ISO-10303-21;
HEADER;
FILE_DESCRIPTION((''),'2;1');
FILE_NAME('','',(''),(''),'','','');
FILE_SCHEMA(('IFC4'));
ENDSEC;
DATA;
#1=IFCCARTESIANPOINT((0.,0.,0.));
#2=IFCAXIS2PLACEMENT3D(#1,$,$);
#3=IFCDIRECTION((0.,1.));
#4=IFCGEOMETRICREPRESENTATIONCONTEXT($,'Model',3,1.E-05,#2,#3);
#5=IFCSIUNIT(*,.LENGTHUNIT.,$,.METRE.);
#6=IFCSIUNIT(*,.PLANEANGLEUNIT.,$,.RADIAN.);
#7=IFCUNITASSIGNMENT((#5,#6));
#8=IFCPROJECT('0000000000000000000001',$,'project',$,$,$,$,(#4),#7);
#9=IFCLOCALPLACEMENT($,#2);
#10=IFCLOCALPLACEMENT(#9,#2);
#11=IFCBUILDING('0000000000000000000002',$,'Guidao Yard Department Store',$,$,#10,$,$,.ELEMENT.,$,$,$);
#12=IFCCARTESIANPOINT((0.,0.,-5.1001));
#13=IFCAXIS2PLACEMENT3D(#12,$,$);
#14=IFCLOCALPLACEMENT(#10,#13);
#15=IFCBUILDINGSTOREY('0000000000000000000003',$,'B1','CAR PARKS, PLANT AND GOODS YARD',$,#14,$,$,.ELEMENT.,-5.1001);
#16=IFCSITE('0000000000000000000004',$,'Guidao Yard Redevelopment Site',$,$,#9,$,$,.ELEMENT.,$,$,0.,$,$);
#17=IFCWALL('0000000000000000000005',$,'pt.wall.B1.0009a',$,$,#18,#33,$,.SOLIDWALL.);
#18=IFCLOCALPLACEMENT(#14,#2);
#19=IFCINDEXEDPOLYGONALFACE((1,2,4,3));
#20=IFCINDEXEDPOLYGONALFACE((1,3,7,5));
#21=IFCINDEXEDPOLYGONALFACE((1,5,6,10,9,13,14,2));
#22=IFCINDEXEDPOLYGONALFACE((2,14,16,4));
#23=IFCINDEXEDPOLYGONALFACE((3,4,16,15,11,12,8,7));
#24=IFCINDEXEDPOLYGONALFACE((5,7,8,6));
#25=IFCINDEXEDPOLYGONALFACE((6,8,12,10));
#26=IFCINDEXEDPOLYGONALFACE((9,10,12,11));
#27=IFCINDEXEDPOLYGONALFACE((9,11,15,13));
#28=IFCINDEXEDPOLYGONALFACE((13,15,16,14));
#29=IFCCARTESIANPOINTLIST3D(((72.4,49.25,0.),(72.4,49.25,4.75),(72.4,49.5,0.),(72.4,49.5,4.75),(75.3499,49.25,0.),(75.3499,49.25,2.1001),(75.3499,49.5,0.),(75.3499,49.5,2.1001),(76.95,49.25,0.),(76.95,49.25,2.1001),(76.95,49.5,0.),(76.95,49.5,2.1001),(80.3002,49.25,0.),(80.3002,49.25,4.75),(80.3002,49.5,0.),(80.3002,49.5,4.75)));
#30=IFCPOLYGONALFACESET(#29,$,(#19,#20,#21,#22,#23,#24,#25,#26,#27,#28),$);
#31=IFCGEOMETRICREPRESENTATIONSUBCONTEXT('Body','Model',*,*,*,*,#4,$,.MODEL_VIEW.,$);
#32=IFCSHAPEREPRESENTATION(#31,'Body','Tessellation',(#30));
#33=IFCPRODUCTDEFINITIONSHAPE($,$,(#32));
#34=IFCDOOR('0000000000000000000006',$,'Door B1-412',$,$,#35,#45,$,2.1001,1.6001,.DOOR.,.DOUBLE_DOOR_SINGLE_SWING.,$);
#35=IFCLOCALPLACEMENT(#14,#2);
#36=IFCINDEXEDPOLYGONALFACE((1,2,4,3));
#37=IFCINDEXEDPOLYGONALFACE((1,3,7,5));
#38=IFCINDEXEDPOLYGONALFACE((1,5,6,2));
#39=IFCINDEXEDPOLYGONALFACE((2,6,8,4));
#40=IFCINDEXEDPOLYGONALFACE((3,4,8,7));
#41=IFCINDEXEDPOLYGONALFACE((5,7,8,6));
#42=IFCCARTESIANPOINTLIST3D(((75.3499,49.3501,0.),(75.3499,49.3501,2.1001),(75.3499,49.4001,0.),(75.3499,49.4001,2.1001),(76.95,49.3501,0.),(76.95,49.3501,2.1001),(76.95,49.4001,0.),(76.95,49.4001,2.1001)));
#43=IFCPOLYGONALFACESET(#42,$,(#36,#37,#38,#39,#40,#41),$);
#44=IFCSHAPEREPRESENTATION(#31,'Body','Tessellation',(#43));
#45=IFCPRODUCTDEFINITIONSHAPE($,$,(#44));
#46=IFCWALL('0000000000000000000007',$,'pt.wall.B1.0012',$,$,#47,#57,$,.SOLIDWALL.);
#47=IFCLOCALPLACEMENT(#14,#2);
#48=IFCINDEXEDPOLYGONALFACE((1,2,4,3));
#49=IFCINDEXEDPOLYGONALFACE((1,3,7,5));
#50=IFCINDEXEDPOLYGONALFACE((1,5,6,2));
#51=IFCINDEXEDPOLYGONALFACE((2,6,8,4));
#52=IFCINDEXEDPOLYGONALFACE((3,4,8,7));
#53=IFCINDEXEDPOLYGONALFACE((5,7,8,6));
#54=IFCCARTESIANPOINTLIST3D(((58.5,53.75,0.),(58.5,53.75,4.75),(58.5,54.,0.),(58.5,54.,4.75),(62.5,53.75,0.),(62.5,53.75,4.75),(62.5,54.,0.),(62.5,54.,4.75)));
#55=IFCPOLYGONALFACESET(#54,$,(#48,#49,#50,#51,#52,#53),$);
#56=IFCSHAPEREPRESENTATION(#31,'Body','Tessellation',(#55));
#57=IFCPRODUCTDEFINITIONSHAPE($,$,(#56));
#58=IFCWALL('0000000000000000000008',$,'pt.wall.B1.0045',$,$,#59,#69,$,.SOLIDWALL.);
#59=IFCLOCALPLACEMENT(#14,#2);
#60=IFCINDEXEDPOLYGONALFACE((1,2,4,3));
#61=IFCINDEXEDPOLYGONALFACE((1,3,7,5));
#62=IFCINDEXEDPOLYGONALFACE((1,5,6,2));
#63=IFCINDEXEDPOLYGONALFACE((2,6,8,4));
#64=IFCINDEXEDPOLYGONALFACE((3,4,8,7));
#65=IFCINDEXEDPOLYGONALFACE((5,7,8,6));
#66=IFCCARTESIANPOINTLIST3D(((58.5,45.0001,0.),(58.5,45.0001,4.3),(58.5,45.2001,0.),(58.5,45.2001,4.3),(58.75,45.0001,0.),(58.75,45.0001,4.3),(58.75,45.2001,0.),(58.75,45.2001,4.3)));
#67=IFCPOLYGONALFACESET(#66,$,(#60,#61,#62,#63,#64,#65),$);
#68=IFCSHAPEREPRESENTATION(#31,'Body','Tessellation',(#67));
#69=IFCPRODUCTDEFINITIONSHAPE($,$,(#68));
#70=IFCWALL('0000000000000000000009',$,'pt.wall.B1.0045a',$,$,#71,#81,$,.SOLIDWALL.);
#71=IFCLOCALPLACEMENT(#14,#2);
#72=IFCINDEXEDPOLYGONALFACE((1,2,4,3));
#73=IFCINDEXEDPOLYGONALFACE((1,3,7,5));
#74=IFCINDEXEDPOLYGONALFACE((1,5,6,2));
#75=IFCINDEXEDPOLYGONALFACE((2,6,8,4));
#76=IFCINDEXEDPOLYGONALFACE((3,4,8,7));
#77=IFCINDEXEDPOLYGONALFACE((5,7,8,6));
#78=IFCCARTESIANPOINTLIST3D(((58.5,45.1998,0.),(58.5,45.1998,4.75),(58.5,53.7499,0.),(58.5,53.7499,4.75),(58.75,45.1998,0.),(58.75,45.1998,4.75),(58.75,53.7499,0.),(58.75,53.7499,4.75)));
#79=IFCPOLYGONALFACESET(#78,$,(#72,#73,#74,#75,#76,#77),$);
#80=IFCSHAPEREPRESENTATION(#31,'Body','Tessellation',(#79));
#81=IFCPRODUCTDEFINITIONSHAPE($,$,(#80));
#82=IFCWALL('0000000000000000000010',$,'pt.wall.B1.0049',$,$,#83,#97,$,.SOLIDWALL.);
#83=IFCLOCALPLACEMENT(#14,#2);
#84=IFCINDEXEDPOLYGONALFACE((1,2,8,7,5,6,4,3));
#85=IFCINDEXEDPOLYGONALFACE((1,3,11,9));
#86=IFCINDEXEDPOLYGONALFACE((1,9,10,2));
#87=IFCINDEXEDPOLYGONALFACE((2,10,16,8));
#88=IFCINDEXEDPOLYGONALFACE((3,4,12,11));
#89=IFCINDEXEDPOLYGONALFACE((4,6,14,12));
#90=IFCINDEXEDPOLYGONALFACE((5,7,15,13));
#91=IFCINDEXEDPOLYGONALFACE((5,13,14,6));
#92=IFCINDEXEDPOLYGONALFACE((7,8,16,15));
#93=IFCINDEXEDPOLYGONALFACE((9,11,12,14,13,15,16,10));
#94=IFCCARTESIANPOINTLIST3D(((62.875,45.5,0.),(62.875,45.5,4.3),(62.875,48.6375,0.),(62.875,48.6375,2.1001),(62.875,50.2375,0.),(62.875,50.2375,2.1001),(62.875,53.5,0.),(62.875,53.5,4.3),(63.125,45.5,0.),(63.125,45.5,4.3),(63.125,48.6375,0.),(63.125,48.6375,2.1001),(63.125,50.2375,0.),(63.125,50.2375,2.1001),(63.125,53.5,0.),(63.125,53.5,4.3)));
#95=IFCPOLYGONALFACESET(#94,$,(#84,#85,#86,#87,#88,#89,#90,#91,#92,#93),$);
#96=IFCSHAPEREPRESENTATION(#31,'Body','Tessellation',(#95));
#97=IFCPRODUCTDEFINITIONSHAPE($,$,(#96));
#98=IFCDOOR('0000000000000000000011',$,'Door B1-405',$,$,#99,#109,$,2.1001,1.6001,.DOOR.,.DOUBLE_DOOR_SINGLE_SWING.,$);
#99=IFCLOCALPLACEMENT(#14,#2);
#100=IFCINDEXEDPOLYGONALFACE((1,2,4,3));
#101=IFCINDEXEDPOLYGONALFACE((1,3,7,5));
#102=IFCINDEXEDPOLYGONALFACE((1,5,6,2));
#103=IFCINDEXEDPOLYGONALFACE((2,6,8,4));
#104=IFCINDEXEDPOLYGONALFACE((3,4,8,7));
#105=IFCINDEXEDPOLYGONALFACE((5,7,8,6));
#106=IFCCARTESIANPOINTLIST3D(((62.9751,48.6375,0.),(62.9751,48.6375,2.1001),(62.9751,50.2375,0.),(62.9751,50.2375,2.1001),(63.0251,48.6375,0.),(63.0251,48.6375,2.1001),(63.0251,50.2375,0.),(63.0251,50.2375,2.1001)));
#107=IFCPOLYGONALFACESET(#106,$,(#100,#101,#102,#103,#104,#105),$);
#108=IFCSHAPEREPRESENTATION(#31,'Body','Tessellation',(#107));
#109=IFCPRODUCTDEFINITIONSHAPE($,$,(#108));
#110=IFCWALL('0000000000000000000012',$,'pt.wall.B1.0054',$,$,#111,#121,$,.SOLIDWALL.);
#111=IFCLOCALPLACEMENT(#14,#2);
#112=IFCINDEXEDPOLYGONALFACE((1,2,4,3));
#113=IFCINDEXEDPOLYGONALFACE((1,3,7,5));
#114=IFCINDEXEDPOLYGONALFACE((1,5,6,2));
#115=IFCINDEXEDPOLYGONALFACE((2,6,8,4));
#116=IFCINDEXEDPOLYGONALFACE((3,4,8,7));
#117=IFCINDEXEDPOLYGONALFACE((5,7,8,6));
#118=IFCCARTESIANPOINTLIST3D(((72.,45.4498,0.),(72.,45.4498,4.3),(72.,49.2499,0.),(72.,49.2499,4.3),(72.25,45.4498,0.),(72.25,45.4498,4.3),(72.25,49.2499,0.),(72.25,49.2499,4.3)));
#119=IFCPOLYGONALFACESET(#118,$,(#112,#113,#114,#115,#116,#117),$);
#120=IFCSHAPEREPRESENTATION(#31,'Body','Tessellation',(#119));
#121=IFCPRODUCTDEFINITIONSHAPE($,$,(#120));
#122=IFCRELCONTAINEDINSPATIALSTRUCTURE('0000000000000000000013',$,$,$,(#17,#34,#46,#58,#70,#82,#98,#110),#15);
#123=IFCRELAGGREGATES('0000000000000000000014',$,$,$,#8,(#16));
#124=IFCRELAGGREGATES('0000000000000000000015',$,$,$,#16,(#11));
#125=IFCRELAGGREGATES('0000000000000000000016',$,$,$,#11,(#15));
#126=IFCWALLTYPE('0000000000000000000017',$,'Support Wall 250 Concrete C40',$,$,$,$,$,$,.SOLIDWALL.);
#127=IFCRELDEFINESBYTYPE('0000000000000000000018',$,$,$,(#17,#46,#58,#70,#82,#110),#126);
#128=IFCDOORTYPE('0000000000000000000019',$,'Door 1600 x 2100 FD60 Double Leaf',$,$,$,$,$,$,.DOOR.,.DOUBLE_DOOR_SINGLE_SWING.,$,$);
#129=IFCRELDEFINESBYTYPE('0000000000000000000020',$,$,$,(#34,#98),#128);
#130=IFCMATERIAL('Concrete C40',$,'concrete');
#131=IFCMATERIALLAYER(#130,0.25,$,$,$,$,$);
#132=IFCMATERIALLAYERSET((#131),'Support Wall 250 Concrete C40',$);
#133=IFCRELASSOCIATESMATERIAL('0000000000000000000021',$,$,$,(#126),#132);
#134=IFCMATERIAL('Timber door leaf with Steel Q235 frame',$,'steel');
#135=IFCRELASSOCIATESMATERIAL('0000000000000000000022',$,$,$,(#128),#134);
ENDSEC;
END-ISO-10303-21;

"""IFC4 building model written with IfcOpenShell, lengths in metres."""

from ifc_helpers import new_model, si_unit, direction, frame, frame_2d, origin, place, context, subcontext, project, spatial, rectangle, extrude, material, layer, layer_set, type_object, element, fill, save


model = new_model("IFC4")

# Units and contexts
model_context = context("Model", 3, precision=1e-05, world=origin(), true_north=direction((0.0, 1.0)))
body_context = subcontext(model_context, "Body", "Model", "MODEL_VIEW")
ifc_project = project(units=[si_unit("LENGTHUNIT", "METRE"), si_unit("PLANEANGLEUNIT", "RADIAN")], contexts=[model_context])

# Site, building, storey
site_placement = place(None, origin())
site = spatial("IfcSite", under=ifc_project, at=site_placement, Name="Guidao Yard Redevelopment Site", CompositionType="ELEMENT", RefElevation=0.0)
building_placement = place(site_placement, origin())
building = spatial("IfcBuilding", under=site, at=building_placement, Name="Guidao Yard Department Store", CompositionType="ELEMENT")
storey_placement = place(building_placement, frame((0.0, 0.0, -5.1001)))
storey = spatial("IfcBuildingStorey", under=building, at=storey_placement, Name="B1", Description="CAR PARKS, PLANT AND GOODS YARD", CompositionType="ELEMENT", Elevation=-5.1001)

# Shared definitions
ifc_material_1 = material(Name="Concrete C40", Category="concrete")
ifc_layer_1 = layer(ifc_material_1, 0.25)
ifc_layer_set_1 = layer_set([ifc_layer_1], Name="Support Wall 250 Concrete C40")
wall_type_1 = type_object("IfcWallType", Name="Support Wall 250 Concrete C40", PredefinedType="SOLIDWALL", material=ifc_layer_set_1)

# Wall, opening, door
wall_1_placement = place(storey_placement, frame((72.3999, 49.375, 0.0), z_axis=(0.0, 0.0, 1.0), x_axis=(1.0, 0.0, 0.0)))
wall_1 = element("IfcWall", 1, at=wall_1_placement, inside=storey, type_object=wall_type_1, Name="pt.wall.B1.0009a", PredefinedType="SOLIDWALL", context=body_context, shape_type="SweptSolid", body=[
    extrude(rectangle(XDim=7.9001, YDim=0.25, at=frame_2d((3.9502, 0.0))), origin(), (0.0, 0.0, 1.0), 4.75),
])
opening_1_placement = place(wall_1_placement, frame((4.55, 0.0, 0.0), z_axis=(0.0, 0.0, 1.0), x_axis=(-1.0, 0.0, 0.0)))
opening_1 = element("IfcOpeningElement", 2, at=opening_1_placement, cuts=wall_1, PredefinedType="OPENING", context=body_context, shape_type="SweptSolid", body=[
    extrude(rectangle(XDim=1.6001, YDim=2.1001, at=frame_2d((0.8, 1.05))), frame((0.0, 0.135, 0.0), z_axis=(0.0, -1.0, 0.0), x_axis=(1.0, 0.0, 0.0)), (0.0, 0.0, 1.0), 0.27),
])
ifc_material_2 = material(Name="Timber door leaf with Steel Q235 frame", Category="steel")
door_type_1 = type_object("IfcDoorType", Name="Door 1600 x 2100 FD60 Double Leaf", OperationType="DOUBLE_DOOR_SINGLE_SWING", PredefinedType="DOOR", material=ifc_material_2)
door_1_placement = place(opening_1_placement, origin())
door_1 = element("IfcDoor", 3, at=door_1_placement, inside=storey, type_object=door_type_1, Name="Door B1-412", OperationType="DOUBLE_DOOR_SINGLE_SWING", OverallHeight=2.1001, OverallWidth=1.6001, PredefinedType="DOOR", context=body_context, shape_type="SweptSolid", body=[
    extrude(rectangle(XDim=1.6001, YDim=2.1001, at=frame_2d((0.8, 1.05))), frame((0.0, 0.0249, 0.0), z_axis=(0.0, -1.0, 0.0), x_axis=(1.0, 0.0, 0.0)), (0.0, 0.0, 1.0), 0.05),
])
fill(opening_1, door_1)

# Walls
wall_2_placement = place(storey_placement, frame((58.5, 53.875, 0.0), z_axis=(0.0, 0.0, 1.0), x_axis=(1.0, 0.0, 0.0)))
element("IfcWall", 4, at=wall_2_placement, inside=storey, type_object=wall_type_1, Name="pt.wall.B1.0012", PredefinedType="SOLIDWALL", context=body_context, shape_type="SweptSolid", body=[
    extrude(rectangle(XDim=4.0, YDim=0.25, at=frame_2d((2.0, 0.0))), origin(), (0.0, 0.0, 1.0), 4.75),
])
wall_3_placement = place(storey_placement, frame((58.625, 45.0, 0.0), z_axis=(0.0, 0.0, 1.0), x_axis=(0.0, 1.0, 0.0)))
element("IfcWall", 5, at=wall_3_placement, inside=storey, type_object=wall_type_1, Name="pt.wall.B1.0045", PredefinedType="SOLIDWALL", context=body_context, shape_type="SweptSolid", body=[
    extrude(rectangle(XDim=0.2, YDim=0.25, at=frame_2d((0.1001, 0.0))), origin(), (0.0, 0.0, 1.0), 4.3),
])
wall_4_placement = place(storey_placement, frame((58.625, 45.2, 0.0), z_axis=(0.0, 0.0, 1.0), x_axis=(0.0, 1.0, 0.0)))
element("IfcWall", 6, at=wall_4_placement, inside=storey, type_object=wall_type_1, Name="pt.wall.B1.0045a", PredefinedType="SOLIDWALL", context=body_context, shape_type="SweptSolid", body=[
    extrude(rectangle(XDim=8.55, YDim=0.25, at=frame_2d((4.2749, 0.0))), origin(), (0.0, 0.0, 1.0), 4.75),
])

# Wall, opening, door
wall_5_placement = place(storey_placement, frame((63.0, 45.5, 0.0), z_axis=(0.0, 0.0, 1.0), x_axis=(0.0, 1.0, 0.0)))
wall_5 = element("IfcWall", 7, at=wall_5_placement, inside=storey, type_object=wall_type_1, Name="pt.wall.B1.0049", PredefinedType="SOLIDWALL", context=body_context, shape_type="SweptSolid", body=[
    extrude(rectangle(XDim=8.0, YDim=0.25, at=frame_2d((4.0, 0.0))), origin(), (0.0, 0.0, 1.0), 4.3),
])
opening_2_placement = place(wall_5_placement, frame((3.1375, 0.0, 0.0)))
opening_2 = element("IfcOpeningElement", 8, at=opening_2_placement, cuts=wall_5, PredefinedType="OPENING", context=body_context, shape_type="SweptSolid", body=[
    extrude(rectangle(XDim=1.6001, YDim=2.1001, at=frame_2d((0.8, 1.05))), frame((0.0, 0.135, 0.0), z_axis=(0.0, -1.0, 0.0), x_axis=(1.0, 0.0, 0.0)), (0.0, 0.0, 1.0), 0.27),
])
door_2_placement = place(opening_2_placement, origin())
door_2 = element("IfcDoor", 9, at=door_2_placement, inside=storey, type_object=door_type_1, Name="Door B1-405", OperationType="DOUBLE_DOOR_SINGLE_SWING", OverallHeight=2.1001, OverallWidth=1.6001, PredefinedType="DOOR", context=body_context, shape_type="SweptSolid", body=[
    extrude(rectangle(XDim=1.6001, YDim=2.1001, at=frame_2d((0.8, 1.05))), frame((0.0, 0.0249, 0.0), z_axis=(0.0, -1.0, 0.0), x_axis=(1.0, 0.0, 0.0)), (0.0, 0.0, 1.0), 0.05),
])
fill(opening_2, door_2)

# Wall
wall_6_placement = place(storey_placement, frame((72.125, 45.45, 0.0), z_axis=(0.0, 0.0, 1.0), x_axis=(0.0, 1.0, 0.0)))
element("IfcWall", 10, at=wall_6_placement, inside=storey, type_object=wall_type_1, Name="pt.wall.B1.0054", PredefinedType="SOLIDWALL", context=body_context, shape_type="SweptSolid", body=[
    extrude(rectangle(XDim=3.8, YDim=0.25, at=frame_2d((1.8999, 0.0))), origin(), (0.0, 0.0, 1.0), 4.3),
])

save(model, "model.ifc")
